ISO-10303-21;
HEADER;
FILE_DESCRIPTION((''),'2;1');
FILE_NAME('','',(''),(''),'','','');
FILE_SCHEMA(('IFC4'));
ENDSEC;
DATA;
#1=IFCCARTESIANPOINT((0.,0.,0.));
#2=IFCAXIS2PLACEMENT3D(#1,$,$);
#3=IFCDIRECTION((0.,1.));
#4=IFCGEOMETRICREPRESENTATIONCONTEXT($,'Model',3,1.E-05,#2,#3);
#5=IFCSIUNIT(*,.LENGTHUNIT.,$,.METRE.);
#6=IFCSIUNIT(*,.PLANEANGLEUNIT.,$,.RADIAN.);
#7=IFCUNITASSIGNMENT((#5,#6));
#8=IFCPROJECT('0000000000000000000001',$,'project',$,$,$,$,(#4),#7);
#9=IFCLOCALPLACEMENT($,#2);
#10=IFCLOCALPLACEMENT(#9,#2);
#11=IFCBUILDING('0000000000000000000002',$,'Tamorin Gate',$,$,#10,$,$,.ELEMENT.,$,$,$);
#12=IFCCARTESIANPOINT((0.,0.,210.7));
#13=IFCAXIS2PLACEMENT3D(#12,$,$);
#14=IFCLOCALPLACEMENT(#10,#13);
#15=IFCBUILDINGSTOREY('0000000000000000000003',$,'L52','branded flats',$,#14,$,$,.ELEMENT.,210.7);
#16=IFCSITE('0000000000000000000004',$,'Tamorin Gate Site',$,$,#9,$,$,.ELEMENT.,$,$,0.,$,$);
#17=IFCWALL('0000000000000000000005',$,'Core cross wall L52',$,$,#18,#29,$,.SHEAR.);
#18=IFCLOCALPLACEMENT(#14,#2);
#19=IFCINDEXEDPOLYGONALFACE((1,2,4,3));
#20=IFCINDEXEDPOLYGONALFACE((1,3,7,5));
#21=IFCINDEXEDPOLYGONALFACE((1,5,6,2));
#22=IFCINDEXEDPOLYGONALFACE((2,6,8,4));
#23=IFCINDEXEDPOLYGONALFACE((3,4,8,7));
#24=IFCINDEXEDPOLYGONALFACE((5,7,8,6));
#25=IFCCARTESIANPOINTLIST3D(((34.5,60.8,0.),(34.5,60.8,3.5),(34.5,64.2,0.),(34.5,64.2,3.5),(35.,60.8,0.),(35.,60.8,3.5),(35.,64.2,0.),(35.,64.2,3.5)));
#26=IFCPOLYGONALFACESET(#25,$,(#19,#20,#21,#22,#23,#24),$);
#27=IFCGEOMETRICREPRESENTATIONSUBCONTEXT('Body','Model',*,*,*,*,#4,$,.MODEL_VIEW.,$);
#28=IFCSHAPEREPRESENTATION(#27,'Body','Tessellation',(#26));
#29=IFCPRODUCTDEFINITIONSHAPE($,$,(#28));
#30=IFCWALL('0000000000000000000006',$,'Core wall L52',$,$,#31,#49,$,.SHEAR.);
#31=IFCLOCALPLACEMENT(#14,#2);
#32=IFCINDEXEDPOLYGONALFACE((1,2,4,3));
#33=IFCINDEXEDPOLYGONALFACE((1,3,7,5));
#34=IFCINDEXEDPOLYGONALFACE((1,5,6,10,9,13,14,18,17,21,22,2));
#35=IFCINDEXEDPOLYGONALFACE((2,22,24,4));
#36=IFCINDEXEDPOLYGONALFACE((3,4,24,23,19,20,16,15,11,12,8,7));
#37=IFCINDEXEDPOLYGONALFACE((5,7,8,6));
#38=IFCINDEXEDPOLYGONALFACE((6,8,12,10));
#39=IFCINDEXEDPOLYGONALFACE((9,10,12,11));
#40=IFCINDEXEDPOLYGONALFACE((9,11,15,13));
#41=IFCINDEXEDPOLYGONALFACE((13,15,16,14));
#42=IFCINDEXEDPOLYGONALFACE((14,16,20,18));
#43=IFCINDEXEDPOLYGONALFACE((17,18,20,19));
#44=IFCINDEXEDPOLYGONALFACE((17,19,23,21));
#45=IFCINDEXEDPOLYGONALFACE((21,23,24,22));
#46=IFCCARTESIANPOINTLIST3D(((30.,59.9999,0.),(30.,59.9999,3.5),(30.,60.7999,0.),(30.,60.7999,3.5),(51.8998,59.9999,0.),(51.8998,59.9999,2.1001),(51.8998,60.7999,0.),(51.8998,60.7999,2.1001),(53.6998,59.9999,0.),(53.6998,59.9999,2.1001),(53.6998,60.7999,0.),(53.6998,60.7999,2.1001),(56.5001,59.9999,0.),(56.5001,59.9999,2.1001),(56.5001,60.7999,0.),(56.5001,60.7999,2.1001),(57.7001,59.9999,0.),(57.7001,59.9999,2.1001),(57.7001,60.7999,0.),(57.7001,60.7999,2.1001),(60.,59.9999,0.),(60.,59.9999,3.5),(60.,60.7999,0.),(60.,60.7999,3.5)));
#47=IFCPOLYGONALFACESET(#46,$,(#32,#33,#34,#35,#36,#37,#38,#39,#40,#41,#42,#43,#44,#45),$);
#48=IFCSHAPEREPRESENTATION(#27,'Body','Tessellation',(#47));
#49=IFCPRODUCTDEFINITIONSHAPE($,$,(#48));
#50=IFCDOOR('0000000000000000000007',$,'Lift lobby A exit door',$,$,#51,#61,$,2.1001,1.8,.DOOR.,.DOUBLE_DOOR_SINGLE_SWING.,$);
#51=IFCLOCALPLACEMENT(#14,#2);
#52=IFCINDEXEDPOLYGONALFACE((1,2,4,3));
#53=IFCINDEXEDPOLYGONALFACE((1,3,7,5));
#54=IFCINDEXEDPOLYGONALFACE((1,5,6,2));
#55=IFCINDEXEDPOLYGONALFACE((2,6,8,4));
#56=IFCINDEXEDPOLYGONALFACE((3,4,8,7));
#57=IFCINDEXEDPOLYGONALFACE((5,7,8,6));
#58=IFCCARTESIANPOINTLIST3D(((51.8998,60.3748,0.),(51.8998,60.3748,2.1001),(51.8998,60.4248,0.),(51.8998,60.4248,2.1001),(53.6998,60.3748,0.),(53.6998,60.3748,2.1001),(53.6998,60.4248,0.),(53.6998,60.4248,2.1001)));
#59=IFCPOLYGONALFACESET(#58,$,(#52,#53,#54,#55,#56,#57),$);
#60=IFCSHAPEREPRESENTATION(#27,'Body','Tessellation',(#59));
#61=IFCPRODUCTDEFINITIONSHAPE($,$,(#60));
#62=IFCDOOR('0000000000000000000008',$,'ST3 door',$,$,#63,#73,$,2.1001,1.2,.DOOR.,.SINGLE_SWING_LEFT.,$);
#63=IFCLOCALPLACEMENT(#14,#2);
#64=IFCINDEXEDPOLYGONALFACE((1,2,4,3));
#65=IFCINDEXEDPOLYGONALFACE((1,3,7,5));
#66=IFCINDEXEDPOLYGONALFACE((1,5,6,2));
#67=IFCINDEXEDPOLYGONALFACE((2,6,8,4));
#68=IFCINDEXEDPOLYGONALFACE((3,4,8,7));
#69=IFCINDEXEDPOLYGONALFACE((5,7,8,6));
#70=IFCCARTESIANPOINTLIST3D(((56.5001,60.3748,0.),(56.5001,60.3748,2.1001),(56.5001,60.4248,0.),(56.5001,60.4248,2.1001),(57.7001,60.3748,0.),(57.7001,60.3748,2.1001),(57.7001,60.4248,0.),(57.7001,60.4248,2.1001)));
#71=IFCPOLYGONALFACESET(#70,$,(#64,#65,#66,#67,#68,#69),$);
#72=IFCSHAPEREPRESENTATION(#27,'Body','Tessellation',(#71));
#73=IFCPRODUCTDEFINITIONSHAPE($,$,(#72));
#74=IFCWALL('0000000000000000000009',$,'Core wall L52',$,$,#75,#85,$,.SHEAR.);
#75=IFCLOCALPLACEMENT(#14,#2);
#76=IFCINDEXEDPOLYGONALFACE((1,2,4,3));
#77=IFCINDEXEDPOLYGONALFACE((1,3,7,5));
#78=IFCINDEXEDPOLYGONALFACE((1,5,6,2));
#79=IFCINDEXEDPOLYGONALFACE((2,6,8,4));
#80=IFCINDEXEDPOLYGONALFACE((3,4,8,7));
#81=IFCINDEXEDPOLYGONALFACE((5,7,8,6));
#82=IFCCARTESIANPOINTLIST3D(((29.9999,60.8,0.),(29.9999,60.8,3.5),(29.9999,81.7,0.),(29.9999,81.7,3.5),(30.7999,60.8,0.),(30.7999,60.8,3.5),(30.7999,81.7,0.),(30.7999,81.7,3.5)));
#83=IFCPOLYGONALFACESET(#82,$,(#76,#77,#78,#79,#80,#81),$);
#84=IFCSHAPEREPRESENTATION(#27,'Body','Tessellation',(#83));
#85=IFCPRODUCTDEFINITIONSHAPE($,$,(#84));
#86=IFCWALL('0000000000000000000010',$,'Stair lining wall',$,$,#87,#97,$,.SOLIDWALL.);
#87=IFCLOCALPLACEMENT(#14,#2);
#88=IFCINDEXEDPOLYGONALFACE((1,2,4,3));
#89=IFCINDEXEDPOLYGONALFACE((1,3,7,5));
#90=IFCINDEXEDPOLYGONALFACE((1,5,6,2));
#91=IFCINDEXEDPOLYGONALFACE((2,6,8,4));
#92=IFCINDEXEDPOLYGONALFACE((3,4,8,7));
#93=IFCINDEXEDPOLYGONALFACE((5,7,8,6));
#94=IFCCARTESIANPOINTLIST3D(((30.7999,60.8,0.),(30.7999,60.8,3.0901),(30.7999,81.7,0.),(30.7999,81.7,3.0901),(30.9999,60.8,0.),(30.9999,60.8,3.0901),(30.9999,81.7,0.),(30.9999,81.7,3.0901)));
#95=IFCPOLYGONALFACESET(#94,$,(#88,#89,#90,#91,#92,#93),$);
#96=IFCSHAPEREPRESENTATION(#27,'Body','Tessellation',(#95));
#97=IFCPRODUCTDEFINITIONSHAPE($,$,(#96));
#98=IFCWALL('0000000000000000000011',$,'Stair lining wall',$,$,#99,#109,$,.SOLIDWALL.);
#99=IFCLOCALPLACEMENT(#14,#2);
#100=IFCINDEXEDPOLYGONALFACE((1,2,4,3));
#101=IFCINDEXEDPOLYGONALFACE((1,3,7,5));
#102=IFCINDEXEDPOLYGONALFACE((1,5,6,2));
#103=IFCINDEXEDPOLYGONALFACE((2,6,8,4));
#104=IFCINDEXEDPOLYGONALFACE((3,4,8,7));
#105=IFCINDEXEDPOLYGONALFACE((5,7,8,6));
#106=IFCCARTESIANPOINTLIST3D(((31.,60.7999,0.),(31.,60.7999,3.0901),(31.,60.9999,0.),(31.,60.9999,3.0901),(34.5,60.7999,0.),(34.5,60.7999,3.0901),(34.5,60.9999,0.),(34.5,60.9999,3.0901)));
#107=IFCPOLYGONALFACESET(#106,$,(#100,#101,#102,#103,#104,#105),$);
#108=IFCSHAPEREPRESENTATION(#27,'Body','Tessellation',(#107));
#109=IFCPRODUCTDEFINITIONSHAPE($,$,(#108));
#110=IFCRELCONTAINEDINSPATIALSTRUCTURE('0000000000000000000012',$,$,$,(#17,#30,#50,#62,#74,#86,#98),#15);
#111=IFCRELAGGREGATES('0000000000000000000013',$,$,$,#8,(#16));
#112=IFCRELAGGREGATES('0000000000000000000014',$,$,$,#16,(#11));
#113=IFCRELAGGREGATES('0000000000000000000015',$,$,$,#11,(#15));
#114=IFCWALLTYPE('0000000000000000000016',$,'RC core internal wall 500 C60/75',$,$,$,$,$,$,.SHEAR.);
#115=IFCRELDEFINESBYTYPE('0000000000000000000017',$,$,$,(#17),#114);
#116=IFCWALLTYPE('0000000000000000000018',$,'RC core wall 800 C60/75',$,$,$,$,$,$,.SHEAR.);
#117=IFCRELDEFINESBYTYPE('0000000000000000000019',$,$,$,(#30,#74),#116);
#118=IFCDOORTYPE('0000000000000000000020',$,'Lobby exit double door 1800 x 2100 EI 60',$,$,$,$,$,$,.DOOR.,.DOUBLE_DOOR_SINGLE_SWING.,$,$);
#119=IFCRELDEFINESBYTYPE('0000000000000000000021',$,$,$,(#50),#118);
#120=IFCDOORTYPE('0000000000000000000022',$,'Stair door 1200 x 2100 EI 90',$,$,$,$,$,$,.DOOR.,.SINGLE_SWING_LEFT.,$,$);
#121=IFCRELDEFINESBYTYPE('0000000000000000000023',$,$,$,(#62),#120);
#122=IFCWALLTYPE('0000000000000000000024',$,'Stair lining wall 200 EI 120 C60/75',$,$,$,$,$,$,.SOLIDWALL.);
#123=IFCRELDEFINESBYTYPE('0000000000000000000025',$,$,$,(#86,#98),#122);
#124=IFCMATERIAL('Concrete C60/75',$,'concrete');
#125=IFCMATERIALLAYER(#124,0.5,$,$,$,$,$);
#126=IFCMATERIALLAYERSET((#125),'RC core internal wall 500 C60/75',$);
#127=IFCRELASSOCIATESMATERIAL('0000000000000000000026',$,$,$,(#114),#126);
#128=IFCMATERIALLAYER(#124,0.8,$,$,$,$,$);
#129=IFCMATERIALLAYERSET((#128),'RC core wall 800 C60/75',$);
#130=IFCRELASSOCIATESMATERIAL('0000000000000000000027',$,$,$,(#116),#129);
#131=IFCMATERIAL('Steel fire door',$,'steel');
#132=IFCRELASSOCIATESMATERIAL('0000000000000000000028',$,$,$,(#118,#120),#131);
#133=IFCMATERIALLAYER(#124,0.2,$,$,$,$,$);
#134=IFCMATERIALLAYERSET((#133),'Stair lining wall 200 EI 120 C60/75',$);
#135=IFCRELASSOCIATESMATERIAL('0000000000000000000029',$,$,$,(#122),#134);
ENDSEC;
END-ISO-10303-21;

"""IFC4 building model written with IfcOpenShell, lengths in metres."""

from ifc_helpers import new_model, si_unit, direction, frame, frame_2d, origin, place, context, subcontext, project, spatial, rectangle, extrude, material, layer, layer_set, type_object, element, fill, save


model = new_model("IFC4")

# Units and contexts
model_context = context("Model", 3, precision=1e-05, world=origin(), true_north=direction((0.0, 1.0)))
body_context = subcontext(model_context, "Body", "Model", "MODEL_VIEW")
ifc_project = project(units=[si_unit("LENGTHUNIT", "METRE"), si_unit("PLANEANGLEUNIT", "RADIAN")], contexts=[model_context])

# Site, building, storey
site_placement = place(None, origin())
site = spatial("IfcSite", under=ifc_project, at=site_placement, Name="Tamorin Gate Site", CompositionType="ELEMENT", RefElevation=0.0)
building_placement = place(site_placement, origin())
building = spatial("IfcBuilding", under=site, at=building_placement, Name="Tamorin Gate", CompositionType="ELEMENT")
storey_placement = place(building_placement, frame((0.0, 0.0, 210.7)))
storey = spatial("IfcBuildingStorey", under=building, at=storey_placement, Name="L52", Description="branded flats", CompositionType="ELEMENT", Elevation=210.7)

# Shared definitions
ifc_material_1 = material(Name="Concrete C60/75", Category="concrete")

# Wall
ifc_layer_1 = layer(ifc_material_1, 0.5)
ifc_layer_set_1 = layer_set([ifc_layer_1], Name="RC core internal wall 500 C60/75")
wall_type_1 = type_object("IfcWallType", Name="RC core internal wall 500 C60/75", PredefinedType="SHEAR", material=ifc_layer_set_1)
wall_1_placement = place(storey_placement, frame((34.75, 60.8, 0.0), z_axis=(0.0, 0.0, 1.0), x_axis=(0.0, 1.0, 0.0)))
element("IfcWall", 1, at=wall_1_placement, inside=storey, type_object=wall_type_1, Name="Core cross wall L52", PredefinedType="SHEAR", context=body_context, shape_type="SweptSolid", body=[
    extrude(rectangle(XDim=3.3999, YDim=0.5, at=frame_2d((1.7, 0.0))), origin(), (0.0, 0.0, 1.0), 3.5),
])

# Wall, openings, doors
ifc_layer_2 = layer(ifc_material_1, 0.8)
ifc_layer_set_2 = layer_set([ifc_layer_2], Name="RC core wall 800 C60/75")
wall_type_2 = type_object("IfcWallType", Name="RC core wall 800 C60/75", PredefinedType="SHEAR", material=ifc_layer_set_2)
wall_2_placement = place(storey_placement, frame((30.0, 60.3999, 0.0), z_axis=(0.0, 0.0, 1.0), x_axis=(1.0, 0.0, 0.0)))
wall_2 = element("IfcWall", 2, at=wall_2_placement, inside=storey, type_object=wall_type_2, Name="Core wall L52", PredefinedType="SHEAR", context=body_context, shape_type="SweptSolid", body=[
    extrude(rectangle(XDim=30.0, YDim=0.8, at=frame_2d((15.0, 0.0))), origin(), (0.0, 0.0, 1.0), 3.5),
])
opening_1_placement = place(wall_2_placement, frame((21.8999, 0.0, 0.0)))
opening_1 = element("IfcOpeningElement", 3, at=opening_1_placement, cuts=wall_2, PredefinedType="OPENING", context=body_context, shape_type="SweptSolid", body=[
    extrude(rectangle(XDim=1.8, YDim=2.1001, at=frame_2d((0.8999, 1.05))), frame((0.0, 0.4099, 0.0), z_axis=(0.0, -1.0, 0.0), x_axis=(1.0, 0.0, 0.0)), (0.0, 0.0, 1.0), 0.8201),
])
opening_2_placement = place(wall_2_placement, frame((26.5, 0.0, 0.0)))
opening_2 = element("IfcOpeningElement", 4, at=opening_2_placement, cuts=wall_2, PredefinedType="OPENING", context=body_context, shape_type="SweptSolid", body=[
    extrude(rectangle(XDim=1.2, YDim=2.1001, at=frame_2d((0.6001, 1.05))), frame((0.0, 0.4099, 0.0), z_axis=(0.0, -1.0, 0.0), x_axis=(1.0, 0.0, 0.0)), (0.0, 0.0, 1.0), 0.8201),
])
ifc_material_2 = material(Name="Steel fire door", Category="steel")
door_type_1 = type_object("IfcDoorType", Name="Lobby exit double door 1800 x 2100 EI 60", OperationType="DOUBLE_DOOR_SINGLE_SWING", PredefinedType="DOOR", material=ifc_material_2)
door_1_placement = place(opening_1_placement, origin())
door_1 = element("IfcDoor", 5, at=door_1_placement, inside=storey, type_object=door_type_1, Name="Lift lobby A exit door", OperationType="DOUBLE_DOOR_SINGLE_SWING", OverallHeight=2.1001, OverallWidth=1.8, PredefinedType="DOOR", context=body_context, shape_type="SweptSolid", body=[
    extrude(rectangle(XDim=1.8, YDim=2.1001, at=frame_2d((0.8999, 1.05))), frame((0.0, 0.0249, 0.0), z_axis=(0.0, -1.0, 0.0), x_axis=(1.0, 0.0, 0.0)), (0.0, 0.0, 1.0), 0.05),
])
fill(opening_1, door_1)
door_type_2 = type_object("IfcDoorType", Name="Stair door 1200 x 2100 EI 90", OperationType="SINGLE_SWING_LEFT", PredefinedType="DOOR", material=ifc_material_2)
door_2_placement = place(opening_2_placement, origin())
door_2 = element("IfcDoor", 6, at=door_2_placement, inside=storey, type_object=door_type_2, Name="ST3 door", OperationType="SINGLE_SWING_LEFT", OverallHeight=2.1001, OverallWidth=1.2, PredefinedType="DOOR", context=body_context, shape_type="SweptSolid", body=[
    extrude(rectangle(XDim=1.2, YDim=2.1001, at=frame_2d((0.6001, 1.05))), frame((0.0, 0.0249, 0.0), z_axis=(0.0, -1.0, 0.0), x_axis=(1.0, 0.0, 0.0)), (0.0, 0.0, 1.0), 0.05),
])
fill(opening_2, door_2)

# Walls
wall_3_placement = place(storey_placement, frame((30.3999, 60.8, 0.0), z_axis=(0.0, 0.0, 1.0), x_axis=(0.0, 1.0, 0.0)))
element("IfcWall", 7, at=wall_3_placement, inside=storey, type_object=wall_type_2, Name="Core wall L52", PredefinedType="SHEAR", context=body_context, shape_type="SweptSolid", body=[
    extrude(rectangle(XDim=20.8999, YDim=0.8, at=frame_2d((10.45, 0.0))), origin(), (0.0, 0.0, 1.0), 3.5),
])
ifc_layer_3 = layer(ifc_material_1, 0.2)
ifc_layer_set_3 = layer_set([ifc_layer_3], Name="Stair lining wall 200 EI 120 C60/75")
wall_type_3 = type_object("IfcWallType", Name="Stair lining wall 200 EI 120 C60/75", PredefinedType="SOLIDWALL", material=ifc_layer_set_3)
wall_4_placement = place(storey_placement, frame((30.8999, 60.8, 0.0), z_axis=(0.0, 0.0, 1.0), x_axis=(0.0, 1.0, 0.0)))
element("IfcWall", 8, at=wall_4_placement, inside=storey, type_object=wall_type_3, Name="Stair lining wall", PredefinedType="SOLIDWALL", context=body_context, shape_type="SweptSolid", body=[
    extrude(rectangle(XDim=20.8999, YDim=0.2, at=frame_2d((10.45, 0.0))), origin(), (0.0, 0.0, 1.0), 3.0901),
])
wall_5_placement = place(storey_placement, frame((31.0, 60.8999, 0.0), z_axis=(0.0, 0.0, 1.0), x_axis=(1.0, 0.0, 0.0)))
element("IfcWall", 9, at=wall_5_placement, inside=storey, type_object=wall_type_3, Name="Stair lining wall", PredefinedType="SOLIDWALL", context=body_context, shape_type="SweptSolid", body=[
    extrude(rectangle(XDim=3.5, YDim=0.2, at=frame_2d((1.75, 0.0))), origin(), (0.0, 0.0, 1.0), 3.0901),
])

save(model, "model.ifc")
